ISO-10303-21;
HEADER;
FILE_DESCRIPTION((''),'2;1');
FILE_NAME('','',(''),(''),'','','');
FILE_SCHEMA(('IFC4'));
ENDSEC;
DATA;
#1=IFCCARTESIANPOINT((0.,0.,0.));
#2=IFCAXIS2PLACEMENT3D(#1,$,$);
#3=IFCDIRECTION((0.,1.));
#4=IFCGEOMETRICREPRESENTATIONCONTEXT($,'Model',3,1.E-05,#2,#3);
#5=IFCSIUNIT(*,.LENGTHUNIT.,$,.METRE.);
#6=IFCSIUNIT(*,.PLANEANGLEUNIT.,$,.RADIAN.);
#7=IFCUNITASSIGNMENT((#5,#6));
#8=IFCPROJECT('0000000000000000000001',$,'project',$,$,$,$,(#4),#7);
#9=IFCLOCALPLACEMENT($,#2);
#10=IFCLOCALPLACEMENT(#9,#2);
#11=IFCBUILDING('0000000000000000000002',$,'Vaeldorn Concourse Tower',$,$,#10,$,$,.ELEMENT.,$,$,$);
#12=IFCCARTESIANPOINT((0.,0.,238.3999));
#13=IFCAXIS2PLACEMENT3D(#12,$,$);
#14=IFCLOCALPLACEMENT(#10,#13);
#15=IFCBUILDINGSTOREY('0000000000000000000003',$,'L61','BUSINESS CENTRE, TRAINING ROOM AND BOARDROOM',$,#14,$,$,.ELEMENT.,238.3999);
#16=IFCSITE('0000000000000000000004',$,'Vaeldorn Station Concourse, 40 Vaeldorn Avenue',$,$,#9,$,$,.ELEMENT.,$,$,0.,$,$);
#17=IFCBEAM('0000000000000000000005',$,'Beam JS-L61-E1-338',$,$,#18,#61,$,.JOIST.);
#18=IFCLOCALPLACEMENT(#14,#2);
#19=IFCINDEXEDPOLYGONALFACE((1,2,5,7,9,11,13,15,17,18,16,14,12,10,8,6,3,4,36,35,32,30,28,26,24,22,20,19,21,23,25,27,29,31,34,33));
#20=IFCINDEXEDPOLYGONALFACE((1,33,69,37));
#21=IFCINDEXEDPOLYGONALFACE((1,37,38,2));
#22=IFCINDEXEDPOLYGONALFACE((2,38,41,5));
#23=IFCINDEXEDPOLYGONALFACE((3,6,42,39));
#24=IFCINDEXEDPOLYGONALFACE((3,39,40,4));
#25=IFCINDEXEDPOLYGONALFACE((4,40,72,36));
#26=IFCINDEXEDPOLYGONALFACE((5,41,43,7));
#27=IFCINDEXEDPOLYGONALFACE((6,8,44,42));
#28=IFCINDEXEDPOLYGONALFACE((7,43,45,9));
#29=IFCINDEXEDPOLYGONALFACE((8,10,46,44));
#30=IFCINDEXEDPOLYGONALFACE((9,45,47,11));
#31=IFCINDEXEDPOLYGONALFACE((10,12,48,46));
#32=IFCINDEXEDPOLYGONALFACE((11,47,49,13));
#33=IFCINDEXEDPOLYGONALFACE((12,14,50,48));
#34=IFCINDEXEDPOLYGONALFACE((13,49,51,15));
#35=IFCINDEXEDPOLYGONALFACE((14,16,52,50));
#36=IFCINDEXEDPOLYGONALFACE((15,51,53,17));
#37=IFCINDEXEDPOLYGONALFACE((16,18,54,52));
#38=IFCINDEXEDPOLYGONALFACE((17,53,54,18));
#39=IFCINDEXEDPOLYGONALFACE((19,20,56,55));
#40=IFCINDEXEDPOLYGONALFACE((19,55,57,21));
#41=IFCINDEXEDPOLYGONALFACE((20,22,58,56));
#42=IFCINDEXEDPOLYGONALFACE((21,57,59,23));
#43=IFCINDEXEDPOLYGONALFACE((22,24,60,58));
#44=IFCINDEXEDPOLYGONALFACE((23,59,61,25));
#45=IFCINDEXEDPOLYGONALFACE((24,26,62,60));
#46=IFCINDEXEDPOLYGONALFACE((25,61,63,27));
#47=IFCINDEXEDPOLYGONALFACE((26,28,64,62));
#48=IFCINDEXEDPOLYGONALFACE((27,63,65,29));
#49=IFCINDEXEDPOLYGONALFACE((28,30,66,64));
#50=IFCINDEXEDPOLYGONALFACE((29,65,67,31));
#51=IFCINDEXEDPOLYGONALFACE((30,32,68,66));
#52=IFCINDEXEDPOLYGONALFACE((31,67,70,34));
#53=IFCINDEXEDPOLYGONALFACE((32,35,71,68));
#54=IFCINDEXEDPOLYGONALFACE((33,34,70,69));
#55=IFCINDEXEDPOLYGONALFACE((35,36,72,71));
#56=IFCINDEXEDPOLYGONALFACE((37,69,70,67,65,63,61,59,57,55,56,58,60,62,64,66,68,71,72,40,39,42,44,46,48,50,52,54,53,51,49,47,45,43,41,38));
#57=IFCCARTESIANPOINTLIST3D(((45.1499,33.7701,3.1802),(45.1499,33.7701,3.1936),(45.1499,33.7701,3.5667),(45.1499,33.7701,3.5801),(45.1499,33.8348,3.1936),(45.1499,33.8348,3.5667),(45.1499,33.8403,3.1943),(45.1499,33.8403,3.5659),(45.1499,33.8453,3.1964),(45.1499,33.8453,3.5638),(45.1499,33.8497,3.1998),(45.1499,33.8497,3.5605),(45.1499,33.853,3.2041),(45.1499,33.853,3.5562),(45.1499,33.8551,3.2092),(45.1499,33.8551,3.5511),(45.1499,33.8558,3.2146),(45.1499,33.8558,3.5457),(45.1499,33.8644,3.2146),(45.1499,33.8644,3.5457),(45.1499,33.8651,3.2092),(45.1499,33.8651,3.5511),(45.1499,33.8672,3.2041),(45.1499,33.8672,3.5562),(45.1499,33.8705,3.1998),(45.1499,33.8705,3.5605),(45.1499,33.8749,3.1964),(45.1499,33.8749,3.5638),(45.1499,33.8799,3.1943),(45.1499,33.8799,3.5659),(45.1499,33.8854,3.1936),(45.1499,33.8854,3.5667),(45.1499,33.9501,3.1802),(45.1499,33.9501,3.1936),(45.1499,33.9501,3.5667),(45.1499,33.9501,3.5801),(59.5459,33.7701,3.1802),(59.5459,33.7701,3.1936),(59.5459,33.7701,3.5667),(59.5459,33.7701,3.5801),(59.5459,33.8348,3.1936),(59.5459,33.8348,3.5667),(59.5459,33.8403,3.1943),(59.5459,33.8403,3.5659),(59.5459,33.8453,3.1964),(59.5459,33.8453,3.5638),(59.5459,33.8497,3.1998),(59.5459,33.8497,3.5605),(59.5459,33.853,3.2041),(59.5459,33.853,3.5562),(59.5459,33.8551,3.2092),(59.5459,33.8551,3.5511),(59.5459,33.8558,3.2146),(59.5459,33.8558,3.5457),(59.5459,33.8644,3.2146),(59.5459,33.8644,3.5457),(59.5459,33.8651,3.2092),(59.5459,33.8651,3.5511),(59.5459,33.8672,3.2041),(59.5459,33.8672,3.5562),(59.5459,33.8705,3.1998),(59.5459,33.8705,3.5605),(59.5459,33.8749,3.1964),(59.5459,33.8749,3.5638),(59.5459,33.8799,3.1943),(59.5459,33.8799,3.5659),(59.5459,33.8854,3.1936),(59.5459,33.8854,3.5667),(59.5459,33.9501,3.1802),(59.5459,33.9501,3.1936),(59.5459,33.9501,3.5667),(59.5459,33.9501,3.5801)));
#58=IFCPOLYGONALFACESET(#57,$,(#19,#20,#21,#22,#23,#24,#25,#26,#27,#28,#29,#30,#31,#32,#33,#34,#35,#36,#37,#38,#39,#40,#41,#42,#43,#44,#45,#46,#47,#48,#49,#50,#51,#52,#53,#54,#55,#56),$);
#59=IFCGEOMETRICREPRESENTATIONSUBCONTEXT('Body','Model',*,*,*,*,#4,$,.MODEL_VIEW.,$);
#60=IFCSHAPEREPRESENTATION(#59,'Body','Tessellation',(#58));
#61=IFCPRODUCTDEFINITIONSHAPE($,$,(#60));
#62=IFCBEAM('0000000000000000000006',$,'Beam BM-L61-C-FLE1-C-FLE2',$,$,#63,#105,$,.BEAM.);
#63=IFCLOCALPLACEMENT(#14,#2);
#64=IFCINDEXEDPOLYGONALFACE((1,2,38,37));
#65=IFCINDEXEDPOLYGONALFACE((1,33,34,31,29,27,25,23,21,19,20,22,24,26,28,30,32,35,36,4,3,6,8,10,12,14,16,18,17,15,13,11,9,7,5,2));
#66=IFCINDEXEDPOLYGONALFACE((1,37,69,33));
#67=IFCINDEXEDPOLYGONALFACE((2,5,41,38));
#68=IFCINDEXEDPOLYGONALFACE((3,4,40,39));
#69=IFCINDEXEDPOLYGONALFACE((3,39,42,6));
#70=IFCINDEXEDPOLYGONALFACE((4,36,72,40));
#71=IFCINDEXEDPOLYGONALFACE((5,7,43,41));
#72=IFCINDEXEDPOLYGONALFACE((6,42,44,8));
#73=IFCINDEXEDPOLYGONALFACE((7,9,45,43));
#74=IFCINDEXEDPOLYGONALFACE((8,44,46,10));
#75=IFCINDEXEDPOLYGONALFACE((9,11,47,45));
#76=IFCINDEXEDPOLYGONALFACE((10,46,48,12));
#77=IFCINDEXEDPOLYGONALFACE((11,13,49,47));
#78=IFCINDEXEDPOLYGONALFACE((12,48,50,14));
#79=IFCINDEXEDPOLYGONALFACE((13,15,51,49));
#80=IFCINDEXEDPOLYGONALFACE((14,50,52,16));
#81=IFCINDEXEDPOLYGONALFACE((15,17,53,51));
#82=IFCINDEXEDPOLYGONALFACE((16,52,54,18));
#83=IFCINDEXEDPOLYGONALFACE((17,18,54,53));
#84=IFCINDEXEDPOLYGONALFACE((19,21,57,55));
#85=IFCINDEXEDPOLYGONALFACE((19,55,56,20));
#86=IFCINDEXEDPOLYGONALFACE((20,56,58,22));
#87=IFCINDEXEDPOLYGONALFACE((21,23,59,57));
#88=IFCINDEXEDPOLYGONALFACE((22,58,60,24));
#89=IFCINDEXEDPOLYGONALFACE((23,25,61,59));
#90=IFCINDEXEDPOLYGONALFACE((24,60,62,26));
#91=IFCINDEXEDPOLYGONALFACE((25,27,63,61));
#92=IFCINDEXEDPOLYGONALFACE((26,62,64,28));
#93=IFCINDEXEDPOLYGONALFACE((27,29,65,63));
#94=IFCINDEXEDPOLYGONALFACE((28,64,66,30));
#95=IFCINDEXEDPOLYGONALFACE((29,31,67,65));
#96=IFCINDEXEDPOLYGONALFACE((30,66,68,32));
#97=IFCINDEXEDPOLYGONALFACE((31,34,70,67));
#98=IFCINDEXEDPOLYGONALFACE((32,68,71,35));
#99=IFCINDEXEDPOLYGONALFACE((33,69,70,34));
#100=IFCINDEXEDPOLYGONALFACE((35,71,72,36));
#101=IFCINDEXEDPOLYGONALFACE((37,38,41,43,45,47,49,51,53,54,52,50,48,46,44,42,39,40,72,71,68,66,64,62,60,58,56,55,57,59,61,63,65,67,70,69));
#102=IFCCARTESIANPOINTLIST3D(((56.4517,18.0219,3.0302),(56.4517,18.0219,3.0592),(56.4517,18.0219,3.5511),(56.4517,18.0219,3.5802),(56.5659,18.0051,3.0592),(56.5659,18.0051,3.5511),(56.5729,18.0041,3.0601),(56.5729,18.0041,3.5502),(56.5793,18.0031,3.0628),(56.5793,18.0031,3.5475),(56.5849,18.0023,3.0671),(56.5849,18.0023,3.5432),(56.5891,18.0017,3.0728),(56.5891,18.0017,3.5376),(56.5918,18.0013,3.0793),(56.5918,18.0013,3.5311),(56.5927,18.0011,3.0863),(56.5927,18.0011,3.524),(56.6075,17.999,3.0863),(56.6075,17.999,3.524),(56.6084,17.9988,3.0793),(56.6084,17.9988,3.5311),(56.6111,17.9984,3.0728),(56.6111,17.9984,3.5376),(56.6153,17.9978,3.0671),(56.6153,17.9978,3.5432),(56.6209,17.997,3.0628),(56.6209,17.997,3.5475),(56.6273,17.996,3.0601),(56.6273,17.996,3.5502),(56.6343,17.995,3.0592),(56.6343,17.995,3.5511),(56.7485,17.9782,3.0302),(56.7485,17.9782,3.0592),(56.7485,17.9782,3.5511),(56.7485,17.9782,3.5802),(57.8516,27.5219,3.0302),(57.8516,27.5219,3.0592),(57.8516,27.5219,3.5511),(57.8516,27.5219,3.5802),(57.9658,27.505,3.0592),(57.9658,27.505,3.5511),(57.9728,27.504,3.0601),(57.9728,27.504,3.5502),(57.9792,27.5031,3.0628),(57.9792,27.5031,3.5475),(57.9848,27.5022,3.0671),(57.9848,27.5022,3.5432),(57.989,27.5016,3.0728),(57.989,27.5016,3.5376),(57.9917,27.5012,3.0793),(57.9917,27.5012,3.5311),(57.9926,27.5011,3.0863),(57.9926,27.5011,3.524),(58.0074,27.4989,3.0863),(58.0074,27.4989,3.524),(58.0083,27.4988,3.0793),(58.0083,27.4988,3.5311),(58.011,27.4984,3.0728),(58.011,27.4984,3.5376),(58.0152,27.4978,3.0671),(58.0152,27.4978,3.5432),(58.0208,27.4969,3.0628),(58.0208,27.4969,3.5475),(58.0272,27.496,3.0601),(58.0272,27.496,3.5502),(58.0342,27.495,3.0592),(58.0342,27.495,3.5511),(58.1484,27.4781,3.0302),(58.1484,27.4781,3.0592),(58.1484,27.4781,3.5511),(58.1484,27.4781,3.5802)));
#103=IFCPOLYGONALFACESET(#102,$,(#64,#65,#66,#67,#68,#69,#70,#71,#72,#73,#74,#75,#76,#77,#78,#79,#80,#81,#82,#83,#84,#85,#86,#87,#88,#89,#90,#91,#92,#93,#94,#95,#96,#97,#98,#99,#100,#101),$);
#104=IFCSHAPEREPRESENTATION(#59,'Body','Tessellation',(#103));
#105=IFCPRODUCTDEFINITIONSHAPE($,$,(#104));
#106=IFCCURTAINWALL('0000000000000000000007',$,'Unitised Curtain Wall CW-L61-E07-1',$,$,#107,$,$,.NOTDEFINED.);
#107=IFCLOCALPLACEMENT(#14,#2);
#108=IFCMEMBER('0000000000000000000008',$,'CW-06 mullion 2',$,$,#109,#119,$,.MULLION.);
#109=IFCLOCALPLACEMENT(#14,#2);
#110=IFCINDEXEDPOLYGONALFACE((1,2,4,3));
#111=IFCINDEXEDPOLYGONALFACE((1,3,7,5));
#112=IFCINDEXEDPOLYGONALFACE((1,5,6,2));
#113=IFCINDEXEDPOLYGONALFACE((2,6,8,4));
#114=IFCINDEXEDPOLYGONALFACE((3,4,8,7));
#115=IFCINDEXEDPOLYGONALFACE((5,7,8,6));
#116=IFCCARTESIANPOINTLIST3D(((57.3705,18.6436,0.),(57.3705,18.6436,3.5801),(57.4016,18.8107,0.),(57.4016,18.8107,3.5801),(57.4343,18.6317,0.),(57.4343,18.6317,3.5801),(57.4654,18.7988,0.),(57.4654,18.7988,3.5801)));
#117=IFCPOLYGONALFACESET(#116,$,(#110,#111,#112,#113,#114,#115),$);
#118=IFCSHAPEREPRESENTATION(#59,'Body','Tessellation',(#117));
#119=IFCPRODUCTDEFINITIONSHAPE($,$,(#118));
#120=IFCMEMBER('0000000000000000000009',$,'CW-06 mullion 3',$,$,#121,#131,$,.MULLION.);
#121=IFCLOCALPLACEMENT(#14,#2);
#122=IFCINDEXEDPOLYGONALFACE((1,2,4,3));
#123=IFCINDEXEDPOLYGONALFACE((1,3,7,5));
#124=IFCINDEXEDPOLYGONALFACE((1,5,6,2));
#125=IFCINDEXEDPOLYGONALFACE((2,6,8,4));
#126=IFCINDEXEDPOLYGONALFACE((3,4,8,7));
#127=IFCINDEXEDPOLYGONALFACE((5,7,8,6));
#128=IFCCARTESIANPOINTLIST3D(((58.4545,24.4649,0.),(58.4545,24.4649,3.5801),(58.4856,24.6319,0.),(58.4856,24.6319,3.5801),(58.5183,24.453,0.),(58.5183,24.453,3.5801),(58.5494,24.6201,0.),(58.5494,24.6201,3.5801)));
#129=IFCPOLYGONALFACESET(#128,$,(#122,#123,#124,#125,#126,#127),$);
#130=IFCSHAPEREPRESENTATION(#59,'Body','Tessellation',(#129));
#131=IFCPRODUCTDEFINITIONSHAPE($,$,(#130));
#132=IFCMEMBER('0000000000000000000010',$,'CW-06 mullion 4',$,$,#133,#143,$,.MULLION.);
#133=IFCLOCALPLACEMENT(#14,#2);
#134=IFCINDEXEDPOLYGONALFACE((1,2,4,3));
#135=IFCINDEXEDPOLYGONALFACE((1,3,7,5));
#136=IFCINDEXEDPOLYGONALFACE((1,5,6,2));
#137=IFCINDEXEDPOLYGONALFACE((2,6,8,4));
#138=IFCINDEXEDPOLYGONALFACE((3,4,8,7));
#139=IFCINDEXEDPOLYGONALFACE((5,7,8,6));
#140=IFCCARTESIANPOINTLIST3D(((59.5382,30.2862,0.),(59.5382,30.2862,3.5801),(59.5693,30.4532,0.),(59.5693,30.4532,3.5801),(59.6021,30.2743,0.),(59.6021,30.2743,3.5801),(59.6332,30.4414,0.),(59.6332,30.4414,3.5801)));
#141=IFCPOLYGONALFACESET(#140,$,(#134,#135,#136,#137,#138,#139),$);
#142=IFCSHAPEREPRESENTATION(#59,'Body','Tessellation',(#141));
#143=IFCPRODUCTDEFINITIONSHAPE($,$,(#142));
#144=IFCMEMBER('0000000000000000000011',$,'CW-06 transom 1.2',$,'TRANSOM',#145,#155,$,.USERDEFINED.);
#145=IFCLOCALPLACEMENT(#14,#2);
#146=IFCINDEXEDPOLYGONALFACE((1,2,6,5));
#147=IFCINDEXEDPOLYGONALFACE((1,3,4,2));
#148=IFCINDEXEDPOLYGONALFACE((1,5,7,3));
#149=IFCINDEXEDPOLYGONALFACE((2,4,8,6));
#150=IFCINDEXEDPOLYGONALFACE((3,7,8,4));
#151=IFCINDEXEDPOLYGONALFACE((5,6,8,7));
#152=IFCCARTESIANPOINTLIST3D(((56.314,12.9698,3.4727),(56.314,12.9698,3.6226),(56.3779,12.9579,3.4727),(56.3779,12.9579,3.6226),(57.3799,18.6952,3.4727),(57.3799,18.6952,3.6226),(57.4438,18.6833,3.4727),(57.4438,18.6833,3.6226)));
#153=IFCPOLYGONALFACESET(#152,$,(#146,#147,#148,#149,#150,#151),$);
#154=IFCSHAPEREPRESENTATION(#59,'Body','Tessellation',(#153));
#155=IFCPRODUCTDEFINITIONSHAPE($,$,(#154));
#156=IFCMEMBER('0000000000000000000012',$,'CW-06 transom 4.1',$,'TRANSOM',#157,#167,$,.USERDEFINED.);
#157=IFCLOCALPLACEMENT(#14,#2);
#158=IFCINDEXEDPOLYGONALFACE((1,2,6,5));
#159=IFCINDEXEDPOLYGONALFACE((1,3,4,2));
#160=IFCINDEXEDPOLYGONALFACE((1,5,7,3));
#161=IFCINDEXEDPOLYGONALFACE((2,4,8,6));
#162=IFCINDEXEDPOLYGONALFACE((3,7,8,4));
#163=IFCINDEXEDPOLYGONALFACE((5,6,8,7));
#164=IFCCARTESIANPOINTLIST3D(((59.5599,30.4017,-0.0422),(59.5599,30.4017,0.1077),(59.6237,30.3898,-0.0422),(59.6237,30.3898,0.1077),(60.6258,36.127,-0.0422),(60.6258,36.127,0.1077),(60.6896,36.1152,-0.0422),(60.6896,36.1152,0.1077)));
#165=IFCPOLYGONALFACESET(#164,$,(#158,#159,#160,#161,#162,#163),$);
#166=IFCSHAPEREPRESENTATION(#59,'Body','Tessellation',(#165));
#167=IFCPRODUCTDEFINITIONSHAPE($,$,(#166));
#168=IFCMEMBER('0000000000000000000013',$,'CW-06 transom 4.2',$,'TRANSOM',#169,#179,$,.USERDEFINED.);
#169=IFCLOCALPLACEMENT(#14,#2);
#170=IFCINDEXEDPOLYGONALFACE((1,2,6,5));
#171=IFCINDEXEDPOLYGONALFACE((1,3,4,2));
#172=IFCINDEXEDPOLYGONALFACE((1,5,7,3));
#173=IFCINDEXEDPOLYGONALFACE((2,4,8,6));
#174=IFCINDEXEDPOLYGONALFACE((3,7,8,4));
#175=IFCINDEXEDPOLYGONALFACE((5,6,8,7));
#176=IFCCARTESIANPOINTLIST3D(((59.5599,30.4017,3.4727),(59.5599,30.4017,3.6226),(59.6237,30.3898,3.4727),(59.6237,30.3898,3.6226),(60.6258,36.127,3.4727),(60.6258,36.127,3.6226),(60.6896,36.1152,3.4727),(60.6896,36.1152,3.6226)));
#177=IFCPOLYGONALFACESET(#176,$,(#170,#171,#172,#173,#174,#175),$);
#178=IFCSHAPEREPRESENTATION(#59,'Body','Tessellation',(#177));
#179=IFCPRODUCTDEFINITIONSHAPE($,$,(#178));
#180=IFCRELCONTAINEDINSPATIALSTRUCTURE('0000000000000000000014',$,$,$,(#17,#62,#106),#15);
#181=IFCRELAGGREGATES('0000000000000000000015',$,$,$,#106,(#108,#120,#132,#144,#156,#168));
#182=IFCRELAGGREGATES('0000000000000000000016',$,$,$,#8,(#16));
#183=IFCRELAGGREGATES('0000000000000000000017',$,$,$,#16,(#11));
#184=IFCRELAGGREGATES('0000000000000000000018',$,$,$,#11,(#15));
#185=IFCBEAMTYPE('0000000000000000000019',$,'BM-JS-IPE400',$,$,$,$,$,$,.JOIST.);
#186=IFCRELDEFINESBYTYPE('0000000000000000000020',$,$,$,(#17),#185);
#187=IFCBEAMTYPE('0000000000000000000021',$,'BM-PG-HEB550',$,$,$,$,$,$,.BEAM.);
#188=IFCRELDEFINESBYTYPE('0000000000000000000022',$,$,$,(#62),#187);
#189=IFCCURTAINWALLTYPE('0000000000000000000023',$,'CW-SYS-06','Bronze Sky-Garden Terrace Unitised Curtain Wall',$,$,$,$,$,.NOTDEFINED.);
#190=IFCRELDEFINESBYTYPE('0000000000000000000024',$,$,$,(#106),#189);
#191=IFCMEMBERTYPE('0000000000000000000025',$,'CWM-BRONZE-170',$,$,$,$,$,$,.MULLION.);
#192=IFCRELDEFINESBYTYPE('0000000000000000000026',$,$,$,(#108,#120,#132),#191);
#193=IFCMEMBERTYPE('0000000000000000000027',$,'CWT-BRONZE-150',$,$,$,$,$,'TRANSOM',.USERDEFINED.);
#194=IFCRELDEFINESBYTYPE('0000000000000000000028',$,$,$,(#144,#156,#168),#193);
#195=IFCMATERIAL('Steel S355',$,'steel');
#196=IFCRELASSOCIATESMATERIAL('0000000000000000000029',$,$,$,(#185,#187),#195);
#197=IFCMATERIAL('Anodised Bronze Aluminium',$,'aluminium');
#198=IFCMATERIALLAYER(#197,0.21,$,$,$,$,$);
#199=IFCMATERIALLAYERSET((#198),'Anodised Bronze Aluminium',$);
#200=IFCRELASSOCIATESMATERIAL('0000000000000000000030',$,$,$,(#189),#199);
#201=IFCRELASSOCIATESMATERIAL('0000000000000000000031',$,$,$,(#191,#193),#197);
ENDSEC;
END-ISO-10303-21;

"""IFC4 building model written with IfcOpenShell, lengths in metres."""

from ifc_helpers import new_model, si_unit, direction, frame, origin, origin_2d, place, context, subcontext, project, spatial, rectangle, i_section, extrude, source, transform, mapped, material, layer, layer_set, material_profile, profile_set, type_object, element, aggregate, save


model = new_model("IFC4")

# Units and contexts
model_context = context("Model", 3, precision=1e-05, world=origin(), true_north=direction((0.0, 1.0)))
body_context = subcontext(model_context, "Body", "Model", "MODEL_VIEW")
ifc_project = project(units=[si_unit("LENGTHUNIT", "METRE"), si_unit("PLANEANGLEUNIT", "RADIAN")], contexts=[model_context])

# Site, building, storey
site_placement = place(None, origin())
site = spatial("IfcSite", under=ifc_project, at=site_placement, Name="Vaeldorn Station Concourse, 40 Vaeldorn Avenue", CompositionType="ELEMENT", RefElevation=0.0)
building_placement = place(site_placement, origin())
building = spatial("IfcBuilding", under=site, at=building_placement, Name="Vaeldorn Concourse Tower", CompositionType="ELEMENT")
storey_placement = place(building_placement, frame((0.0, 0.0, 238.3999)))
storey = spatial("IfcBuildingStorey", under=building, at=storey_placement, Name="L61", Description="BUSINESS CENTRE, TRAINING ROOM AND BOARDROOM", CompositionType="ELEMENT", Elevation=238.3999)

# Shared definitions
ifc_material_1 = material(Name="Steel S355", Category="steel")

# Beams
ifc_material_profile_1 = material_profile(ifc_material_1, i_section(OverallWidth=0.1799, OverallDepth=0.3999, WebThickness=0.0085, FlangeThickness=0.0134, FilletRadius=0.021, at=origin_2d()), Name="IPE 400")
ifc_profile_set_1 = profile_set([ifc_material_profile_1], Name="Steel S355")
beam_type_1 = type_object("IfcBeamType", Name="BM-JS-IPE400", PredefinedType="JOIST", material=ifc_profile_set_1)
shared_shape_1 = source(origin(), body_context, "Body", "SweptSolid", [
    extrude(i_section(OverallWidth=0.1799, OverallDepth=0.3999, WebThickness=0.0085, FlangeThickness=0.0134, FilletRadius=0.021, at=origin_2d()), origin(), (0.0, 0.0, 1.0), 14.396),
])
beam_1_placement = place(storey_placement, frame((45.1499, 33.8601, 3.3801), z_axis=(1.0, 0.0, 0.0), x_axis=(0.0, 1.0, 0.0)))
element("IfcBeam", 1, at=beam_1_placement, inside=storey, type_object=beam_type_1, Name="Beam JS-L61-E1-338", PredefinedType="JOIST", context=body_context, shape_type="MappedRepresentation", body=[
    mapped(shared_shape_1, transform((0.0, 0.0, 0.0), scale=1.0)),
])
ifc_material_profile_2 = material_profile(ifc_material_1, i_section(OverallWidth=0.3, OverallDepth=0.55, WebThickness=0.0149, FlangeThickness=0.0291, FilletRadius=0.0271, at=origin_2d()), Name="HEB 550")
ifc_profile_set_2 = profile_set([ifc_material_profile_2], Name="Steel S355")
beam_type_2 = type_object("IfcBeamType", Name="BM-PG-HEB550", PredefinedType="BEAM", material=ifc_profile_set_2)
shared_shape_2 = source(origin(), body_context, "Body", "SweptSolid", [
    extrude(i_section(OverallWidth=0.3, OverallDepth=0.55, WebThickness=0.0149, FlangeThickness=0.0291, FilletRadius=0.0271, at=origin_2d()), origin(), (0.0, 0.0, 1.0), 9.6025),
])
beam_2_placement = place(storey_placement, frame((58.0, 27.5, 3.3052), z_axis=(-0.145784, -0.989316, 0.0), x_axis=(0.989316, -0.145784, 0.0)))
element("IfcBeam", 2, at=beam_2_placement, inside=storey, type_object=beam_type_2, Name="Beam BM-L61-C-FLE1-C-FLE2", PredefinedType="BEAM", context=body_context, shape_type="MappedRepresentation", body=[
    mapped(shared_shape_2, transform((0.0, 0.0, 0.0), scale=1.0)),
])

# Curtain wall, members
ifc_material_2 = material(Name="Anodised Bronze Aluminium", Category="aluminium")
ifc_layer_1 = layer(ifc_material_2, 0.21)
ifc_layer_set_1 = layer_set([ifc_layer_1], Name="Anodised Bronze Aluminium")
curtain_wall_type = type_object("IfcCurtainWallType", Name="CW-SYS-06", Description="Bronze Sky-Garden Terrace Unitised Curtain Wall", PredefinedType="NOTDEFINED", material=ifc_layer_set_1)
curtain_wall_placement = place(storey_placement, origin())
curtain_wall = element("IfcCurtainWall", 3, at=curtain_wall_placement, inside=storey, type_object=curtain_wall_type, Name="Unitised Curtain Wall CW-L61-E07-1", PredefinedType="NOTDEFINED")
ifc_material_profile_3 = material_profile(ifc_material_2, rectangle(XDim=0.0649, YDim=0.1699, at=origin_2d()), Name="CWM 65x170")
ifc_profile_set_3 = profile_set([ifc_material_profile_3], Name="Anodised Bronze Aluminium")
member_type_1 = type_object("IfcMemberType", Name="CWM-BRONZE-170", PredefinedType="MULLION", material=ifc_profile_set_3)
shared_shape_3 = source(origin(), body_context, "Body", "SweptSolid", [
    extrude(rectangle(XDim=0.0649, YDim=0.1699, at=origin_2d()), origin(), (0.0, 0.0, 1.0), 3.5801),
])
member_1_placement = place(storey_placement, frame((57.418, 18.7212, 0.0), z_axis=(0.0, 0.0, 1.0), x_axis=(-0.983103, 0.183055, 0.0)))
member_1 = element("IfcMember", 4, at=member_1_placement, type_object=member_type_1, Name="CW-06 mullion 2", PredefinedType="MULLION", context=body_context, shape_type="MappedRepresentation", body=[
    mapped(shared_shape_3, transform((0.0, 0.0, 0.0), scale=1.0)),
])
member_2_placement = place(storey_placement, frame((58.502, 24.5425, 0.0), z_axis=(0.0, 0.0, 1.0), x_axis=(-0.983103, 0.183055, 0.0)))
member_2 = element("IfcMember", 5, at=member_2_placement, type_object=member_type_1, Name="CW-06 mullion 3", PredefinedType="MULLION", context=body_context, shape_type="MappedRepresentation", body=[
    mapped(shared_shape_3, transform((0.0, 0.0, 0.0), scale=1.0)),
])
member_3_placement = place(storey_placement, frame((59.5857, 30.3638, 0.0), z_axis=(0.0, 0.0, 1.0), x_axis=(-0.983103, 0.183055, 0.0)))
member_3 = element("IfcMember", 6, at=member_3_placement, type_object=member_type_1, Name="CW-06 mullion 4", PredefinedType="MULLION", context=body_context, shape_type="MappedRepresentation", body=[
    mapped(shared_shape_3, transform((0.0, 0.0, 0.0), scale=1.0)),
])
ifc_material_profile_4 = material_profile(ifc_material_2, rectangle(XDim=0.0649, YDim=0.1499, at=origin_2d()), Name="CWT 65x150")
ifc_profile_set_4 = profile_set([ifc_material_profile_4], Name="Anodised Bronze Aluminium")
member_type_2 = type_object("IfcMemberType", Name="CWT-BRONZE-150", ElementType="TRANSOM", PredefinedType="USERDEFINED", material=ifc_profile_set_4)
shared_shape_4 = source(origin(), body_context, "Body", "SweptSolid", [
    extrude(rectangle(XDim=0.0649, YDim=0.1499, at=origin_2d()), origin(), (0.0, 0.0, 1.0), 5.8237),
])
member_4_placement = place(storey_placement, frame((56.3459, 12.9639, 3.5476), z_axis=(0.18303, 0.983107, 0.0), x_axis=(-0.983107, 0.18303, 0.0)))
member_4 = element("IfcMember", 7, at=member_4_placement, type_object=member_type_2, Name="CW-06 transom 1.2", ObjectType="TRANSOM", PredefinedType="USERDEFINED", context=body_context, shape_type="MappedRepresentation", body=[
    mapped(shared_shape_4, transform((0.0, 0.0, 0.0), scale=1.0)),
])
member_5_placement = place(storey_placement, frame((59.5918, 30.3958, 0.0327), z_axis=(0.18303, 0.983107, 0.0), x_axis=(-0.983107, 0.18303, 0.0)))
member_5 = element("IfcMember", 8, at=member_5_placement, type_object=member_type_2, Name="CW-06 transom 4.1", ObjectType="TRANSOM", PredefinedType="USERDEFINED", context=body_context, shape_type="MappedRepresentation", body=[
    mapped(shared_shape_4, transform((0.0, 0.0, 0.0), scale=1.0)),
])
member_6_placement = place(storey_placement, frame((59.5918, 30.3958, 3.5476), z_axis=(0.18303, 0.983107, 0.0), x_axis=(-0.983107, 0.18303, 0.0)))
member_6 = element("IfcMember", 9, at=member_6_placement, type_object=member_type_2, Name="CW-06 transom 4.2", ObjectType="TRANSOM", PredefinedType="USERDEFINED", context=body_context, shape_type="MappedRepresentation", body=[
    mapped(shared_shape_4, transform((0.0, 0.0, 0.0), scale=1.0)),
])
aggregate(curtain_wall, [member_1, member_2, member_3, member_4, member_5, member_6])

save(model, "model.ifc")
